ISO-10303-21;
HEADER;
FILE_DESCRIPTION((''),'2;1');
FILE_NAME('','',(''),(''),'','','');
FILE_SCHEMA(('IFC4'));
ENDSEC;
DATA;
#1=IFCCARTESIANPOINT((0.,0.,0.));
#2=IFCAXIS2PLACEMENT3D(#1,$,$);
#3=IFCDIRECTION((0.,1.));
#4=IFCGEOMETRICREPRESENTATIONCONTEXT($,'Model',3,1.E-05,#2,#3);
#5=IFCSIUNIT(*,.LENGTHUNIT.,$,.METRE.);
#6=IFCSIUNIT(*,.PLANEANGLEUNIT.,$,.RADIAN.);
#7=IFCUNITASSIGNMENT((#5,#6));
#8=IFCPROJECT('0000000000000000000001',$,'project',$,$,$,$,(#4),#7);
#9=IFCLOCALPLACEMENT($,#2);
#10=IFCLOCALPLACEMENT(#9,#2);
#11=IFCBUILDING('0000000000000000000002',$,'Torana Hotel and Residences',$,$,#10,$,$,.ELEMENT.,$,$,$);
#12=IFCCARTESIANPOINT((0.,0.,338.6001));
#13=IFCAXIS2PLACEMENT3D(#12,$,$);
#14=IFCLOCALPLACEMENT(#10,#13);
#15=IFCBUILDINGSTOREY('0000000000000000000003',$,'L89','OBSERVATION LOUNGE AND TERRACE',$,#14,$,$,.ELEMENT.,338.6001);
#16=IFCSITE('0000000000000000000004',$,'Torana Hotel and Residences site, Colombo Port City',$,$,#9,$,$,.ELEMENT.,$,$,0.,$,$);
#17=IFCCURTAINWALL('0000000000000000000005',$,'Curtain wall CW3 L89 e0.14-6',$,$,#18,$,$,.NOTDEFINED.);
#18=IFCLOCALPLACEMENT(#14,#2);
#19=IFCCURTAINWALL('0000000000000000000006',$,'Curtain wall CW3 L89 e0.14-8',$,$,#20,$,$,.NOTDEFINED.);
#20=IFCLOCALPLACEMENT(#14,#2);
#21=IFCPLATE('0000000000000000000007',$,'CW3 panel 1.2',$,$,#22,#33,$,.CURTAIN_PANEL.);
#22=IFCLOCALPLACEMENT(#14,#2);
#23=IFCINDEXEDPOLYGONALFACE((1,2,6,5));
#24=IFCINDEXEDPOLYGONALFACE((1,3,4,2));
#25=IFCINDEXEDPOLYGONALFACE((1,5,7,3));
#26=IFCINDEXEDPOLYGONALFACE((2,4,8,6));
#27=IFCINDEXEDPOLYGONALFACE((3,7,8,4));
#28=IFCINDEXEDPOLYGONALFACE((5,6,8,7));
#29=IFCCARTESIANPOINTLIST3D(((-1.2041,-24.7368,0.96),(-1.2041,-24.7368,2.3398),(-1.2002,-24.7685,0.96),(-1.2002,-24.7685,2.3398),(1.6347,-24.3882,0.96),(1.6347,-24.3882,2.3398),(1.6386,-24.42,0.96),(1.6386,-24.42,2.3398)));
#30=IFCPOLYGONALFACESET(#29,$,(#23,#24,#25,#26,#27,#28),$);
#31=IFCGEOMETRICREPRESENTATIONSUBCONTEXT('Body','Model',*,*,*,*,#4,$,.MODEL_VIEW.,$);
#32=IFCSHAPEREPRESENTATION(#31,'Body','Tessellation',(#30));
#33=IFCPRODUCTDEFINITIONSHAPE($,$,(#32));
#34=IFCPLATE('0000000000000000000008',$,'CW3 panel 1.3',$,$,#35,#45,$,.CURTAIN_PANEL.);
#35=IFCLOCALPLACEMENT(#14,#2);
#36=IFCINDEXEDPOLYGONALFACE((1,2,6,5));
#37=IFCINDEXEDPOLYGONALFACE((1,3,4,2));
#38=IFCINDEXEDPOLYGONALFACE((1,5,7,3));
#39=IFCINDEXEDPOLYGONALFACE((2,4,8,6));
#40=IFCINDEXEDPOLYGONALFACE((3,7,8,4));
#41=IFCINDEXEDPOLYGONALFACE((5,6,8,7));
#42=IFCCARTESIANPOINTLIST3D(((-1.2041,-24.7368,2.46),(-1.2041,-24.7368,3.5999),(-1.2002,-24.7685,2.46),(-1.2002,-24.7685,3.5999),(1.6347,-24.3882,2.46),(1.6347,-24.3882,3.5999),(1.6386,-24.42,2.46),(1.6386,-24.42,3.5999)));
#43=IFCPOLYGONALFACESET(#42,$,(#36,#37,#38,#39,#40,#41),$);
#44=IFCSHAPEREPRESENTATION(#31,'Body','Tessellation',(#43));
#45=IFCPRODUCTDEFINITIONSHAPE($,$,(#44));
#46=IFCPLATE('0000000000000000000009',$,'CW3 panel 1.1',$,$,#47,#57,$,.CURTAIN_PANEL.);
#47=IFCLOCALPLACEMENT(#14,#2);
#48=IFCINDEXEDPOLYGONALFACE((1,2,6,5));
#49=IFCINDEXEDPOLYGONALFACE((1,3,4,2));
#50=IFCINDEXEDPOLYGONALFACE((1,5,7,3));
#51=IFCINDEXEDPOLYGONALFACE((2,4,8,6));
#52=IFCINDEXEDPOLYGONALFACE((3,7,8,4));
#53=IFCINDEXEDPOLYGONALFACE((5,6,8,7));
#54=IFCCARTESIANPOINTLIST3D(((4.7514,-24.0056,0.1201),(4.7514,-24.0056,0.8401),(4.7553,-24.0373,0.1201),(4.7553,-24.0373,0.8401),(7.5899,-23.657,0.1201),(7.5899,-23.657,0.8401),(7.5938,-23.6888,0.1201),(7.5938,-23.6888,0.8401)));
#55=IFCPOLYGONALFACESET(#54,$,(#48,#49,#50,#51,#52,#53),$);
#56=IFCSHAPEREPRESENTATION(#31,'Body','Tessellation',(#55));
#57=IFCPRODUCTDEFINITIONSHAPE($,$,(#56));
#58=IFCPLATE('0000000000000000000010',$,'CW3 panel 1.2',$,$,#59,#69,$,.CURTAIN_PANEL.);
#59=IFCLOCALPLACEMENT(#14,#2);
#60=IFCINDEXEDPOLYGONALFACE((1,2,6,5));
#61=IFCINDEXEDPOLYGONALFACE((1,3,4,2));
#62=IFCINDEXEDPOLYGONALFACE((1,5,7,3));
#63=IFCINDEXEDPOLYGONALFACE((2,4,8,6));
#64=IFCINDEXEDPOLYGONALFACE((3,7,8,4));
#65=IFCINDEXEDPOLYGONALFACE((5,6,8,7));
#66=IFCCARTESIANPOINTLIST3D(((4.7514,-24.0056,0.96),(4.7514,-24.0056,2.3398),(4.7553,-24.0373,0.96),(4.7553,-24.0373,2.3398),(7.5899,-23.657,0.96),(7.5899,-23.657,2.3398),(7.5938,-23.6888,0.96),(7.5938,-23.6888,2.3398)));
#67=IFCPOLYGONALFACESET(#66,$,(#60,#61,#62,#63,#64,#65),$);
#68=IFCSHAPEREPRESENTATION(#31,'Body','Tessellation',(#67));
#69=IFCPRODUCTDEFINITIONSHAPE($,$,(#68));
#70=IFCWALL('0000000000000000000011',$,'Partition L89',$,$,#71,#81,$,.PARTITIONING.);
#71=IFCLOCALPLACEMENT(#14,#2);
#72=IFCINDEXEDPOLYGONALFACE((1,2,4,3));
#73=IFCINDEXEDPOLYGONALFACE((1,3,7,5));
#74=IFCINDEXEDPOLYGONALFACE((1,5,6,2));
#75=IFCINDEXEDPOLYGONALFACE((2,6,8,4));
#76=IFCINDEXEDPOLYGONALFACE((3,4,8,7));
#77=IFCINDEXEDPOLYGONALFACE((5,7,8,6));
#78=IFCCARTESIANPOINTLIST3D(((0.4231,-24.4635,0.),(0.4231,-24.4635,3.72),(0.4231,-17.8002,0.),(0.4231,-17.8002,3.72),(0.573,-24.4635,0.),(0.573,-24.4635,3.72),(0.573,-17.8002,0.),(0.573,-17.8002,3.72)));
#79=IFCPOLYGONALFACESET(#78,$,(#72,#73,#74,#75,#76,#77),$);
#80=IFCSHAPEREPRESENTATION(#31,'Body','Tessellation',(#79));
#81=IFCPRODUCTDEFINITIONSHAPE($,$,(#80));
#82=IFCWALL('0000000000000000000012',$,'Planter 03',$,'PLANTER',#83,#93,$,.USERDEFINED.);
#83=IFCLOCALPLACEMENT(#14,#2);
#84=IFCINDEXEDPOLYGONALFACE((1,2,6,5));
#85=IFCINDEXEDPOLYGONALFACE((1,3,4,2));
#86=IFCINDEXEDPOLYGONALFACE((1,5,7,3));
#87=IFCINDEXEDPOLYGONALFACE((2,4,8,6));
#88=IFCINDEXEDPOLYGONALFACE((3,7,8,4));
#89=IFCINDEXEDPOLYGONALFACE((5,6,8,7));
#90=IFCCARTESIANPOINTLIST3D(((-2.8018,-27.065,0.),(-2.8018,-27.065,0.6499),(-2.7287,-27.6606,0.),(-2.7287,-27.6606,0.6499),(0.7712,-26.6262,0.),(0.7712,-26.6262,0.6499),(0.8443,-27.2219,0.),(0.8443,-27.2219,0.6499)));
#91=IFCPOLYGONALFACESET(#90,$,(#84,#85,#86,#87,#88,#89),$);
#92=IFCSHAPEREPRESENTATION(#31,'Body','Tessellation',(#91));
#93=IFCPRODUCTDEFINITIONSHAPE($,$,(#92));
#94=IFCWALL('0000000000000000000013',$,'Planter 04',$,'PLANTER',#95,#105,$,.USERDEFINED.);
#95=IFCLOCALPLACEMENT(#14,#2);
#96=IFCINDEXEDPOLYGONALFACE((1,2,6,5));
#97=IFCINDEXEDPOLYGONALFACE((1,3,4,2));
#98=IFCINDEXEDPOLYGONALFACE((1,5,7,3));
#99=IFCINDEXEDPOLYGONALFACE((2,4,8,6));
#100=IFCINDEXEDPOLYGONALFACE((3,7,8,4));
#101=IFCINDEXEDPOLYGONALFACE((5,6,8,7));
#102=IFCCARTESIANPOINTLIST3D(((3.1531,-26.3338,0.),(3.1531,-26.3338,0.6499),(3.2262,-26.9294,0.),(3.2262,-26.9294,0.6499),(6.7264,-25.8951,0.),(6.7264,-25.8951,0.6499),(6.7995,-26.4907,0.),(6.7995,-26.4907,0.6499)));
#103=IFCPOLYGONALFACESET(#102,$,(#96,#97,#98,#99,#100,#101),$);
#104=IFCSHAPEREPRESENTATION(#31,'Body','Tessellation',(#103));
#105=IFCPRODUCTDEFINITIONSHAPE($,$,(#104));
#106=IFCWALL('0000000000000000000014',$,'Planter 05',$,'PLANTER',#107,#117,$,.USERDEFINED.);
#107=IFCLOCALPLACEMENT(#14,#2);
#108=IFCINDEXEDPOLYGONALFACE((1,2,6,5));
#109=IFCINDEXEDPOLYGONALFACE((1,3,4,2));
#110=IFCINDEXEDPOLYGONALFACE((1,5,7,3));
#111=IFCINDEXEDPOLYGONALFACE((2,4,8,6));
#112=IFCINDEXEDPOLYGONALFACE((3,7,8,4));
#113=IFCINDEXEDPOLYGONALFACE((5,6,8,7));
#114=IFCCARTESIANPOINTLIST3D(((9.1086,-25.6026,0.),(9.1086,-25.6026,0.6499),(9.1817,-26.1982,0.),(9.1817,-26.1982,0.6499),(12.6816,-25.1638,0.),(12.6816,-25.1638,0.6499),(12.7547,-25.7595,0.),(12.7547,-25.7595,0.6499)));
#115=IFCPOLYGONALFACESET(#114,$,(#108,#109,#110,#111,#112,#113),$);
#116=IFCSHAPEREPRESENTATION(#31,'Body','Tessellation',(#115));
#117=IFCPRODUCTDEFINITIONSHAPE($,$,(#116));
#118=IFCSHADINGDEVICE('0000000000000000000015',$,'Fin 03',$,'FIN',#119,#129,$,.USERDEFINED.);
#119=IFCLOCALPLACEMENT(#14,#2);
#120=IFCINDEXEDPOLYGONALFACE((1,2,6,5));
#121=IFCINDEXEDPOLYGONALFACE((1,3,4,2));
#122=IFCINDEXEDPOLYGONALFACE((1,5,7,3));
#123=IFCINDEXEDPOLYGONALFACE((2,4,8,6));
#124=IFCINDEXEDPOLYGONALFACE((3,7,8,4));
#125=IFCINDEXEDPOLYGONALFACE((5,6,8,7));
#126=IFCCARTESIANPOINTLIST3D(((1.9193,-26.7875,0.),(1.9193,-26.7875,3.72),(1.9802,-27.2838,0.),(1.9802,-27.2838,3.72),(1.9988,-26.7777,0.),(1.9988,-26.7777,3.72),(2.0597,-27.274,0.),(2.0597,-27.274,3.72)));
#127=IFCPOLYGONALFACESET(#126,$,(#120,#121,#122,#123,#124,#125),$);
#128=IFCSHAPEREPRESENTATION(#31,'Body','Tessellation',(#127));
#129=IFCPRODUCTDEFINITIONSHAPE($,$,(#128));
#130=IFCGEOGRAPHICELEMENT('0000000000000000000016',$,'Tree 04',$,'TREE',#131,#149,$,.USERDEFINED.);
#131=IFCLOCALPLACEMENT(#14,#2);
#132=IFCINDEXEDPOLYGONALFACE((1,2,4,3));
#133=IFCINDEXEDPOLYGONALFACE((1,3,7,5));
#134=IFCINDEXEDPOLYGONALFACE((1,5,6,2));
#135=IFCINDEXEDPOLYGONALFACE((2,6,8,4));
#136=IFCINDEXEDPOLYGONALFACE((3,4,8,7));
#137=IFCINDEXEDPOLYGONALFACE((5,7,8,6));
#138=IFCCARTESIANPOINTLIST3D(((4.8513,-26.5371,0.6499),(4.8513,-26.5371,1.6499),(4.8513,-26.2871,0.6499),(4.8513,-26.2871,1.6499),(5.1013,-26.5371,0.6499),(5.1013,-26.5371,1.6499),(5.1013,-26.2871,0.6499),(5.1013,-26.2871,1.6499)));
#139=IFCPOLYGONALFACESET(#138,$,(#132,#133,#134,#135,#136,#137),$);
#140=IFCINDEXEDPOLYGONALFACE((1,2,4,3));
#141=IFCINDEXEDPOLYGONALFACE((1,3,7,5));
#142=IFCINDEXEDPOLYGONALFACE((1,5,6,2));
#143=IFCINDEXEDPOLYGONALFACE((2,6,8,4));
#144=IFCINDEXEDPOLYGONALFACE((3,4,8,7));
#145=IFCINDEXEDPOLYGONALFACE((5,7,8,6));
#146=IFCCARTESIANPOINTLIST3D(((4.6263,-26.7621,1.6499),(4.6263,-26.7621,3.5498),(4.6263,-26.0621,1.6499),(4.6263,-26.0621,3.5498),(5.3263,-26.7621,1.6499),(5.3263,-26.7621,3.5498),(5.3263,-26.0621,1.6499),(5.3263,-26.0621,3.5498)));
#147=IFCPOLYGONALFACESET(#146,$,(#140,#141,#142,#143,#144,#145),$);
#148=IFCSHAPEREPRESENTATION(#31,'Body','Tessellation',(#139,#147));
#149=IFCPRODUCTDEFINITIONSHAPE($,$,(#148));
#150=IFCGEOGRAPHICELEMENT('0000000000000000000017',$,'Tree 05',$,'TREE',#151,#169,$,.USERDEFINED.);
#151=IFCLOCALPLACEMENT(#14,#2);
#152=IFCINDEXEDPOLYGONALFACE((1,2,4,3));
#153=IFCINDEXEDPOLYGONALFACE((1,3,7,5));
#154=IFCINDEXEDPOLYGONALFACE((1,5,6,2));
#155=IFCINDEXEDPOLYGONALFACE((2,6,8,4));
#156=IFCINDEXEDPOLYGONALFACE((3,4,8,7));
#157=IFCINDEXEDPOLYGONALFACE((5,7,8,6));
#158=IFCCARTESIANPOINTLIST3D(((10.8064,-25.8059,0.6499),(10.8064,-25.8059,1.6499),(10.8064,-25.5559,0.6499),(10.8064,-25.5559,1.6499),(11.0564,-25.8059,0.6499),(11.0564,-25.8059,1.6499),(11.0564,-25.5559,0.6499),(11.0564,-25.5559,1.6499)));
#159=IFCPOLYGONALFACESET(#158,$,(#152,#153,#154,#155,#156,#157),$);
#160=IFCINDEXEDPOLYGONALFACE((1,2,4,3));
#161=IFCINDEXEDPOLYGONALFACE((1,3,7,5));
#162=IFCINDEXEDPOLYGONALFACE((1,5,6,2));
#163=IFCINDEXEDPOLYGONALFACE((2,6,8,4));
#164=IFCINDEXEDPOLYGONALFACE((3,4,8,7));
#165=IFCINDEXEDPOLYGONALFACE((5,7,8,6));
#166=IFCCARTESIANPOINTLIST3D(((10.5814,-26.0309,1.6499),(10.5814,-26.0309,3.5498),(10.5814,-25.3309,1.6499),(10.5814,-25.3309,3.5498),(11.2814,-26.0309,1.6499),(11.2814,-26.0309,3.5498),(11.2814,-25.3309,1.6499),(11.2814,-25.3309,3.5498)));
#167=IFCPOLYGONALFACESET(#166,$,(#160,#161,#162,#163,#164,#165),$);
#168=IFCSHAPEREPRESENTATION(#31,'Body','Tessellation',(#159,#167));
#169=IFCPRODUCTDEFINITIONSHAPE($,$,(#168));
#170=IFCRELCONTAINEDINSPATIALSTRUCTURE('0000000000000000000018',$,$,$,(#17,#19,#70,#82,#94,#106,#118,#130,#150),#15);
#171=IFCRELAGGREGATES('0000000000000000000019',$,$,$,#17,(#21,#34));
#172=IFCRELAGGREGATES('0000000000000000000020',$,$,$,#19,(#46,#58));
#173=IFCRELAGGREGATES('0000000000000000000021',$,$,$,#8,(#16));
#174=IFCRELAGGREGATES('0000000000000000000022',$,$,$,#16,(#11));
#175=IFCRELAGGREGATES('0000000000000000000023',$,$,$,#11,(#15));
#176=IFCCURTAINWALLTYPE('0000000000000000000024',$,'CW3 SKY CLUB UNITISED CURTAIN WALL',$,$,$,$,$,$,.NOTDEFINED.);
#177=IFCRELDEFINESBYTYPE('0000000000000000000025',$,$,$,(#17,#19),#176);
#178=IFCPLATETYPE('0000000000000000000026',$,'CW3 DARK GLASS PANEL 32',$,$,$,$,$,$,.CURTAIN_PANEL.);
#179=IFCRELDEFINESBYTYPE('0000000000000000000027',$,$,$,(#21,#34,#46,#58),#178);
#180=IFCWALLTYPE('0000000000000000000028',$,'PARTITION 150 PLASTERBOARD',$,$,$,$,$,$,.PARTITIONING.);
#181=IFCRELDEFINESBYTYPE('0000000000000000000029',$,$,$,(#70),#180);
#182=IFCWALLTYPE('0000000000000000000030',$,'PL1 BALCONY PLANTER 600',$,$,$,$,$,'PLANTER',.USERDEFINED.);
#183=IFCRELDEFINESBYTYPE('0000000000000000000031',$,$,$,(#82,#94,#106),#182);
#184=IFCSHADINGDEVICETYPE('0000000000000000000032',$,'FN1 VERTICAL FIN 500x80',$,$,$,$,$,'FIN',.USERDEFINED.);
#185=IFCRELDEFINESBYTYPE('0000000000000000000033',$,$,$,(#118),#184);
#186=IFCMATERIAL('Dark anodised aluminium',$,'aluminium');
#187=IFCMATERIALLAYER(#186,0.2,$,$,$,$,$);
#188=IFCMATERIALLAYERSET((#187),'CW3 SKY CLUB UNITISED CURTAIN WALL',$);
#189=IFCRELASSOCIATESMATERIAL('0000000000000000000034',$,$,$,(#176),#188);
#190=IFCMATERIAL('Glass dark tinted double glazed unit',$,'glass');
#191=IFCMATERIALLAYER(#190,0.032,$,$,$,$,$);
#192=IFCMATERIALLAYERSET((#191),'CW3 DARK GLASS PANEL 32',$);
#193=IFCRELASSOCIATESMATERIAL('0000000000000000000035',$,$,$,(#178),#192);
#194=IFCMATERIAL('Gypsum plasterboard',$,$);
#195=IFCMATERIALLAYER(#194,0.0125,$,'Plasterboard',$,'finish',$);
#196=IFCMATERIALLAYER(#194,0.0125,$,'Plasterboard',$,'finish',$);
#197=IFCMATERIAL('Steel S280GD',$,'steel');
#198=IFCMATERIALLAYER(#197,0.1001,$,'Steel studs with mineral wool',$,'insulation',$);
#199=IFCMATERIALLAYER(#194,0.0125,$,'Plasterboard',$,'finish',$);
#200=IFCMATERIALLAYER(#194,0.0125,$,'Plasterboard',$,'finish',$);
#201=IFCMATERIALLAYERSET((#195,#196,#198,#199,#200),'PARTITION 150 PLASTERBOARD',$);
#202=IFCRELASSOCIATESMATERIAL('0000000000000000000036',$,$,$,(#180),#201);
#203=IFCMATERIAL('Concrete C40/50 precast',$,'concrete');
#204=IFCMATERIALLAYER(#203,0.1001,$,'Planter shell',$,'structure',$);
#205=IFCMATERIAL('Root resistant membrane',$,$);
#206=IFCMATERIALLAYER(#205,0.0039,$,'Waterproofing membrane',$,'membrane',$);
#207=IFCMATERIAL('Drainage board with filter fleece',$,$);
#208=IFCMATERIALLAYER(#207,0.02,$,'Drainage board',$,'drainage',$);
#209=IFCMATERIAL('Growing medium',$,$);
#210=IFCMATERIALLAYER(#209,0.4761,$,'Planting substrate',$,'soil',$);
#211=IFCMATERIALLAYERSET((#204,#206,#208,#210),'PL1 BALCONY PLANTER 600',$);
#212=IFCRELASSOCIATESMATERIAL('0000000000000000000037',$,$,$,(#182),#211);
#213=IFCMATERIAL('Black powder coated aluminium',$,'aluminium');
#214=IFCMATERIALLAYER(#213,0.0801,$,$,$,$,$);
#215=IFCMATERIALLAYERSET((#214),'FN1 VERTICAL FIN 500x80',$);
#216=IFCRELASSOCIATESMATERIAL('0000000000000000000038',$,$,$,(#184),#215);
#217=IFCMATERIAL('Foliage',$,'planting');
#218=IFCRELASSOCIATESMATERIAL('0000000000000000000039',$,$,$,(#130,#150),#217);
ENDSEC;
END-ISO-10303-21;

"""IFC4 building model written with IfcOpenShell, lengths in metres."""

from ifc_helpers import new_model, si_unit, direction, frame, frame_2d, origin, origin_2d, place, context, subcontext, project, spatial, rectangle, extrude, material, layer, layer_set, type_object, element, aggregate, save


model = new_model("IFC4")

# Units and contexts
model_context = context("Model", 3, precision=1e-05, world=origin(), true_north=direction((0.0, 1.0)))
body_context = subcontext(model_context, "Body", "Model", "MODEL_VIEW")
ifc_project = project(units=[si_unit("LENGTHUNIT", "METRE"), si_unit("PLANEANGLEUNIT", "RADIAN")], contexts=[model_context])

# Site, building, storey
site_placement = place(None, origin())
site = spatial("IfcSite", under=ifc_project, at=site_placement, Name="Torana Hotel and Residences site, Colombo Port City", CompositionType="ELEMENT", RefElevation=0.0)
building_placement = place(site_placement, origin())
building = spatial("IfcBuilding", under=site, at=building_placement, Name="Torana Hotel and Residences", CompositionType="ELEMENT")
storey_placement = place(building_placement, frame((0.0, 0.0, 338.6001)))
storey = spatial("IfcBuildingStorey", under=building, at=storey_placement, Name="L89", Description="OBSERVATION LOUNGE AND TERRACE", CompositionType="ELEMENT", Elevation=338.6001)

# Curtain wall
ifc_material_1 = material(Name="Dark anodised aluminium", Category="aluminium")
ifc_layer_1 = layer(ifc_material_1, 0.2)
ifc_layer_set_1 = layer_set([ifc_layer_1], Name="CW3 SKY CLUB UNITISED CURTAIN WALL")
curtain_wall_type = type_object("IfcCurtainWallType", Name="CW3 SKY CLUB UNITISED CURTAIN WALL", PredefinedType="NOTDEFINED", material=ifc_layer_set_1)
curtain_wall_1_placement = place(storey_placement, origin())
curtain_wall_1 = element("IfcCurtainWall", 1, at=curtain_wall_1_placement, inside=storey, type_object=curtain_wall_type, Name="Curtain wall CW3 L89 e0.14-6", PredefinedType="NOTDEFINED")

# Curtain wall
curtain_wall_2_placement = place(storey_placement, origin())
curtain_wall_2 = element("IfcCurtainWall", 2, at=curtain_wall_2_placement, inside=storey, type_object=curtain_wall_type, Name="Curtain wall CW3 L89 e0.14-8", PredefinedType="NOTDEFINED")

# Plates
ifc_material_2 = material(Name="Glass dark tinted double glazed unit", Category="glass")
ifc_layer_2 = layer(ifc_material_2, 0.032)
ifc_layer_set_2 = layer_set([ifc_layer_2], Name="CW3 DARK GLASS PANEL 32")
plate_type = type_object("IfcPlateType", Name="CW3 DARK GLASS PANEL 32", PredefinedType="CURTAIN_PANEL", material=ifc_layer_set_2)
plate_1_placement = place(storey_placement, frame((0.2173, -24.5784, 0.96), z_axis=(0.0, 0.0, 1.0), x_axis=(0.992547, 0.121864, 0.0)))
plate_1 = element("IfcPlate", 3, at=plate_1_placement, type_object=plate_type, Name="CW3 panel 1.2", PredefinedType="CURTAIN_PANEL", context=body_context, shape_type="SweptSolid", body=[
    extrude(rectangle(XDim=2.8601, YDim=0.032, at=origin_2d()), origin(), (0.0, 0.0, 1.0), 1.3799),
])
plate_2_placement = place(storey_placement, frame((0.2173, -24.5784, 2.46), z_axis=(0.0, 0.0, 1.0), x_axis=(0.992547, 0.121864, 0.0)))
plate_2 = element("IfcPlate", 4, at=plate_2_placement, type_object=plate_type, Name="CW3 panel 1.3", PredefinedType="CURTAIN_PANEL", context=body_context, shape_type="SweptSolid", body=[
    extrude(rectangle(XDim=2.8601, YDim=0.032, at=origin_2d()), origin(), (0.0, 0.0, 1.0), 1.1399),
])
aggregate(curtain_wall_1, [plate_1, plate_2])
plate_3_placement = place(storey_placement, frame((6.1726, -23.8472, 0.1201), z_axis=(0.0, 0.0, 1.0), x_axis=(0.992546, 0.121868, 0.0)))
plate_3 = element("IfcPlate", 5, at=plate_3_placement, type_object=plate_type, Name="CW3 panel 1.1", PredefinedType="CURTAIN_PANEL", context=body_context, shape_type="SweptSolid", body=[
    extrude(rectangle(XDim=2.8599, YDim=0.032, at=origin_2d()), origin(), (0.0, 0.0, 1.0), 0.72),
])
plate_4_placement = place(storey_placement, frame((6.1726, -23.8472, 0.96), z_axis=(0.0, 0.0, 1.0), x_axis=(0.992546, 0.121868, 0.0)))
plate_4 = element("IfcPlate", 6, at=plate_4_placement, type_object=plate_type, Name="CW3 panel 1.2", PredefinedType="CURTAIN_PANEL", context=body_context, shape_type="SweptSolid", body=[
    extrude(rectangle(XDim=2.8599, YDim=0.032, at=origin_2d()), origin(), (0.0, 0.0, 1.0), 1.3799),
])
aggregate(curtain_wall_2, [plate_3, plate_4])

# Walls
ifc_material_3 = material(Name="Gypsum plasterboard")
ifc_layer_3 = layer(ifc_material_3, 0.0125, Name="Plasterboard", Category="finish")
ifc_layer_4 = layer(ifc_material_3, 0.0125, Name="Plasterboard", Category="finish")
ifc_material_4 = material(Name="Steel S280GD", Category="steel")
ifc_layer_5 = layer(ifc_material_4, 0.1001, Name="Steel studs with mineral wool", Category="insulation")
ifc_layer_6 = layer(ifc_material_3, 0.0125, Name="Plasterboard", Category="finish")
ifc_layer_7 = layer(ifc_material_3, 0.0125, Name="Plasterboard", Category="finish")
ifc_layer_set_3 = layer_set([ifc_layer_3, ifc_layer_4, ifc_layer_5, ifc_layer_6, ifc_layer_7], Name="PARTITION 150 PLASTERBOARD")
wall_type_1 = type_object("IfcWallType", Name="PARTITION 150 PLASTERBOARD", PredefinedType="PARTITIONING", material=ifc_layer_set_3)
wall_1_placement = place(storey_placement, frame((0.498, -24.4634, 0.0), z_axis=(0.0, 0.0, 1.0), x_axis=(0.0, 1.0, 0.0)))
element("IfcWall", 7, at=wall_1_placement, inside=storey, type_object=wall_type_1, Name="Partition L89", PredefinedType="PARTITIONING", context=body_context, shape_type="SweptSolid", body=[
    extrude(rectangle(XDim=6.6633, YDim=0.1499, at=frame_2d((3.3315, 0.0))), origin(), (0.0, 0.0, 1.0), 3.72),
])
ifc_material_5 = material(Name="Concrete C40/50 precast", Category="concrete")
ifc_layer_8 = layer(ifc_material_5, 0.1001, Name="Planter shell", Category="structure")
ifc_material_6 = material(Name="Root resistant membrane")
ifc_layer_9 = layer(ifc_material_6, 0.0039, Name="Waterproofing membrane", Category="membrane")
ifc_material_7 = material(Name="Drainage board with filter fleece")
ifc_layer_10 = layer(ifc_material_7, 0.02, Name="Drainage board", Category="drainage")
ifc_material_8 = material(Name="Growing medium")
ifc_layer_11 = layer(ifc_material_8, 0.4761, Name="Planting substrate", Category="soil")
ifc_layer_set_4 = layer_set([ifc_layer_8, ifc_layer_9, ifc_layer_10, ifc_layer_11], Name="PL1 BALCONY PLANTER 600")
wall_type_2 = type_object("IfcWallType", Name="PL1 BALCONY PLANTER 600", ElementType="PLANTER", PredefinedType="USERDEFINED", material=ifc_layer_set_4)
wall_2_placement = place(storey_placement, frame((0.8076, -26.9241, 0.0), z_axis=(0.0, 0.0, 1.0), x_axis=(-0.992546, -0.121873, 0.0)))
element("IfcWall", 8, at=wall_2_placement, inside=storey, type_object=wall_type_2, Name="Planter 03", ObjectType="PLANTER", PredefinedType="USERDEFINED", context=body_context, shape_type="SweptSolid", body=[
    extrude(rectangle(XDim=3.5999, YDim=0.6001, at=frame_2d((1.7998, 0.0))), origin(), (0.0, 0.0, 1.0), 0.6499),
])
wall_3_placement = place(storey_placement, frame((6.7629, -26.1929, 0.0), z_axis=(0.0, 0.0, 1.0), x_axis=(-0.992547, -0.121864, 0.0)))
element("IfcWall", 9, at=wall_3_placement, inside=storey, type_object=wall_type_2, Name="Planter 04", ObjectType="PLANTER", PredefinedType="USERDEFINED", context=body_context, shape_type="SweptSolid", body=[
    extrude(rectangle(XDim=3.6001, YDim=0.6001, at=frame_2d((1.8, 0.0))), origin(), (0.0, 0.0, 1.0), 0.6499),
])
wall_4_placement = place(storey_placement, frame((12.718, -25.4617, 0.0), z_axis=(0.0, 0.0, 1.0), x_axis=(-0.992546, -0.121873, 0.0)))
element("IfcWall", 10, at=wall_4_placement, inside=storey, type_object=wall_type_2, Name="Planter 05", ObjectType="PLANTER", PredefinedType="USERDEFINED", context=body_context, shape_type="SweptSolid", body=[
    extrude(rectangle(XDim=3.5999, YDim=0.6001, at=frame_2d((1.7998, 0.0))), origin(), (0.0, 0.0, 1.0), 0.6499),
])

# Shading device
ifc_material_9 = material(Name="Black powder coated aluminium", Category="aluminium")
ifc_layer_12 = layer(ifc_material_9, 0.0801)
ifc_layer_set_5 = layer_set([ifc_layer_12], Name="FN1 VERTICAL FIN 500x80")
shading_device_type = type_object("IfcShadingDeviceType", Name="FN1 VERTICAL FIN 500x80", ElementType="FIN", PredefinedType="USERDEFINED", material=ifc_layer_set_5)
shading_device_placement = place(storey_placement, frame((1.9895, -27.0308, 0.0), z_axis=(0.0, 0.0, 1.0), x_axis=(-0.992547, -0.121866, 0.0)))
element("IfcShadingDevice", 11, at=shading_device_placement, inside=storey, type_object=shading_device_type, Name="Fin 03", ObjectType="FIN", PredefinedType="USERDEFINED", context=body_context, shape_type="SweptSolid", body=[
    extrude(rectangle(XDim=0.0801, YDim=0.5, at=origin_2d()), origin(), (0.0, 0.0, 1.0), 3.72),
])

# Geographic elements
ifc_material_10 = material(Name="Foliage", Category="planting")
for number, where, z_axis, x_axis, name in (
    (12, (4.9763, -26.4121, 0.6499), (0.0, 0.0, 1.0), (1.0, 0.0, 0.0), "Tree 04"),
    (13, (10.9314, -25.6809, 0.6499), (0.0, 0.0, 1.0), (1.0, 0.0, 0.0), "Tree 05"),
):
    element("IfcGeographicElement", number, at=place(storey_placement, frame(where, z_axis=z_axis, x_axis=x_axis)), inside=storey, material=ifc_material_10, Name=name, ObjectType="TREE", PredefinedType="USERDEFINED", context=body_context, shape_type="SweptSolid", body=[
        extrude(rectangle(XDim=0.25, YDim=0.25, at=origin_2d()), origin(), (0.0, 0.0, 1.0), 1.0),
        extrude(rectangle(XDim=0.7, YDim=0.7, at=origin_2d()), frame((0.0, 0.0, 1.0)), (0.0, 0.0, 1.0), 1.8999),
    ])

save(model, "model.ifc")
